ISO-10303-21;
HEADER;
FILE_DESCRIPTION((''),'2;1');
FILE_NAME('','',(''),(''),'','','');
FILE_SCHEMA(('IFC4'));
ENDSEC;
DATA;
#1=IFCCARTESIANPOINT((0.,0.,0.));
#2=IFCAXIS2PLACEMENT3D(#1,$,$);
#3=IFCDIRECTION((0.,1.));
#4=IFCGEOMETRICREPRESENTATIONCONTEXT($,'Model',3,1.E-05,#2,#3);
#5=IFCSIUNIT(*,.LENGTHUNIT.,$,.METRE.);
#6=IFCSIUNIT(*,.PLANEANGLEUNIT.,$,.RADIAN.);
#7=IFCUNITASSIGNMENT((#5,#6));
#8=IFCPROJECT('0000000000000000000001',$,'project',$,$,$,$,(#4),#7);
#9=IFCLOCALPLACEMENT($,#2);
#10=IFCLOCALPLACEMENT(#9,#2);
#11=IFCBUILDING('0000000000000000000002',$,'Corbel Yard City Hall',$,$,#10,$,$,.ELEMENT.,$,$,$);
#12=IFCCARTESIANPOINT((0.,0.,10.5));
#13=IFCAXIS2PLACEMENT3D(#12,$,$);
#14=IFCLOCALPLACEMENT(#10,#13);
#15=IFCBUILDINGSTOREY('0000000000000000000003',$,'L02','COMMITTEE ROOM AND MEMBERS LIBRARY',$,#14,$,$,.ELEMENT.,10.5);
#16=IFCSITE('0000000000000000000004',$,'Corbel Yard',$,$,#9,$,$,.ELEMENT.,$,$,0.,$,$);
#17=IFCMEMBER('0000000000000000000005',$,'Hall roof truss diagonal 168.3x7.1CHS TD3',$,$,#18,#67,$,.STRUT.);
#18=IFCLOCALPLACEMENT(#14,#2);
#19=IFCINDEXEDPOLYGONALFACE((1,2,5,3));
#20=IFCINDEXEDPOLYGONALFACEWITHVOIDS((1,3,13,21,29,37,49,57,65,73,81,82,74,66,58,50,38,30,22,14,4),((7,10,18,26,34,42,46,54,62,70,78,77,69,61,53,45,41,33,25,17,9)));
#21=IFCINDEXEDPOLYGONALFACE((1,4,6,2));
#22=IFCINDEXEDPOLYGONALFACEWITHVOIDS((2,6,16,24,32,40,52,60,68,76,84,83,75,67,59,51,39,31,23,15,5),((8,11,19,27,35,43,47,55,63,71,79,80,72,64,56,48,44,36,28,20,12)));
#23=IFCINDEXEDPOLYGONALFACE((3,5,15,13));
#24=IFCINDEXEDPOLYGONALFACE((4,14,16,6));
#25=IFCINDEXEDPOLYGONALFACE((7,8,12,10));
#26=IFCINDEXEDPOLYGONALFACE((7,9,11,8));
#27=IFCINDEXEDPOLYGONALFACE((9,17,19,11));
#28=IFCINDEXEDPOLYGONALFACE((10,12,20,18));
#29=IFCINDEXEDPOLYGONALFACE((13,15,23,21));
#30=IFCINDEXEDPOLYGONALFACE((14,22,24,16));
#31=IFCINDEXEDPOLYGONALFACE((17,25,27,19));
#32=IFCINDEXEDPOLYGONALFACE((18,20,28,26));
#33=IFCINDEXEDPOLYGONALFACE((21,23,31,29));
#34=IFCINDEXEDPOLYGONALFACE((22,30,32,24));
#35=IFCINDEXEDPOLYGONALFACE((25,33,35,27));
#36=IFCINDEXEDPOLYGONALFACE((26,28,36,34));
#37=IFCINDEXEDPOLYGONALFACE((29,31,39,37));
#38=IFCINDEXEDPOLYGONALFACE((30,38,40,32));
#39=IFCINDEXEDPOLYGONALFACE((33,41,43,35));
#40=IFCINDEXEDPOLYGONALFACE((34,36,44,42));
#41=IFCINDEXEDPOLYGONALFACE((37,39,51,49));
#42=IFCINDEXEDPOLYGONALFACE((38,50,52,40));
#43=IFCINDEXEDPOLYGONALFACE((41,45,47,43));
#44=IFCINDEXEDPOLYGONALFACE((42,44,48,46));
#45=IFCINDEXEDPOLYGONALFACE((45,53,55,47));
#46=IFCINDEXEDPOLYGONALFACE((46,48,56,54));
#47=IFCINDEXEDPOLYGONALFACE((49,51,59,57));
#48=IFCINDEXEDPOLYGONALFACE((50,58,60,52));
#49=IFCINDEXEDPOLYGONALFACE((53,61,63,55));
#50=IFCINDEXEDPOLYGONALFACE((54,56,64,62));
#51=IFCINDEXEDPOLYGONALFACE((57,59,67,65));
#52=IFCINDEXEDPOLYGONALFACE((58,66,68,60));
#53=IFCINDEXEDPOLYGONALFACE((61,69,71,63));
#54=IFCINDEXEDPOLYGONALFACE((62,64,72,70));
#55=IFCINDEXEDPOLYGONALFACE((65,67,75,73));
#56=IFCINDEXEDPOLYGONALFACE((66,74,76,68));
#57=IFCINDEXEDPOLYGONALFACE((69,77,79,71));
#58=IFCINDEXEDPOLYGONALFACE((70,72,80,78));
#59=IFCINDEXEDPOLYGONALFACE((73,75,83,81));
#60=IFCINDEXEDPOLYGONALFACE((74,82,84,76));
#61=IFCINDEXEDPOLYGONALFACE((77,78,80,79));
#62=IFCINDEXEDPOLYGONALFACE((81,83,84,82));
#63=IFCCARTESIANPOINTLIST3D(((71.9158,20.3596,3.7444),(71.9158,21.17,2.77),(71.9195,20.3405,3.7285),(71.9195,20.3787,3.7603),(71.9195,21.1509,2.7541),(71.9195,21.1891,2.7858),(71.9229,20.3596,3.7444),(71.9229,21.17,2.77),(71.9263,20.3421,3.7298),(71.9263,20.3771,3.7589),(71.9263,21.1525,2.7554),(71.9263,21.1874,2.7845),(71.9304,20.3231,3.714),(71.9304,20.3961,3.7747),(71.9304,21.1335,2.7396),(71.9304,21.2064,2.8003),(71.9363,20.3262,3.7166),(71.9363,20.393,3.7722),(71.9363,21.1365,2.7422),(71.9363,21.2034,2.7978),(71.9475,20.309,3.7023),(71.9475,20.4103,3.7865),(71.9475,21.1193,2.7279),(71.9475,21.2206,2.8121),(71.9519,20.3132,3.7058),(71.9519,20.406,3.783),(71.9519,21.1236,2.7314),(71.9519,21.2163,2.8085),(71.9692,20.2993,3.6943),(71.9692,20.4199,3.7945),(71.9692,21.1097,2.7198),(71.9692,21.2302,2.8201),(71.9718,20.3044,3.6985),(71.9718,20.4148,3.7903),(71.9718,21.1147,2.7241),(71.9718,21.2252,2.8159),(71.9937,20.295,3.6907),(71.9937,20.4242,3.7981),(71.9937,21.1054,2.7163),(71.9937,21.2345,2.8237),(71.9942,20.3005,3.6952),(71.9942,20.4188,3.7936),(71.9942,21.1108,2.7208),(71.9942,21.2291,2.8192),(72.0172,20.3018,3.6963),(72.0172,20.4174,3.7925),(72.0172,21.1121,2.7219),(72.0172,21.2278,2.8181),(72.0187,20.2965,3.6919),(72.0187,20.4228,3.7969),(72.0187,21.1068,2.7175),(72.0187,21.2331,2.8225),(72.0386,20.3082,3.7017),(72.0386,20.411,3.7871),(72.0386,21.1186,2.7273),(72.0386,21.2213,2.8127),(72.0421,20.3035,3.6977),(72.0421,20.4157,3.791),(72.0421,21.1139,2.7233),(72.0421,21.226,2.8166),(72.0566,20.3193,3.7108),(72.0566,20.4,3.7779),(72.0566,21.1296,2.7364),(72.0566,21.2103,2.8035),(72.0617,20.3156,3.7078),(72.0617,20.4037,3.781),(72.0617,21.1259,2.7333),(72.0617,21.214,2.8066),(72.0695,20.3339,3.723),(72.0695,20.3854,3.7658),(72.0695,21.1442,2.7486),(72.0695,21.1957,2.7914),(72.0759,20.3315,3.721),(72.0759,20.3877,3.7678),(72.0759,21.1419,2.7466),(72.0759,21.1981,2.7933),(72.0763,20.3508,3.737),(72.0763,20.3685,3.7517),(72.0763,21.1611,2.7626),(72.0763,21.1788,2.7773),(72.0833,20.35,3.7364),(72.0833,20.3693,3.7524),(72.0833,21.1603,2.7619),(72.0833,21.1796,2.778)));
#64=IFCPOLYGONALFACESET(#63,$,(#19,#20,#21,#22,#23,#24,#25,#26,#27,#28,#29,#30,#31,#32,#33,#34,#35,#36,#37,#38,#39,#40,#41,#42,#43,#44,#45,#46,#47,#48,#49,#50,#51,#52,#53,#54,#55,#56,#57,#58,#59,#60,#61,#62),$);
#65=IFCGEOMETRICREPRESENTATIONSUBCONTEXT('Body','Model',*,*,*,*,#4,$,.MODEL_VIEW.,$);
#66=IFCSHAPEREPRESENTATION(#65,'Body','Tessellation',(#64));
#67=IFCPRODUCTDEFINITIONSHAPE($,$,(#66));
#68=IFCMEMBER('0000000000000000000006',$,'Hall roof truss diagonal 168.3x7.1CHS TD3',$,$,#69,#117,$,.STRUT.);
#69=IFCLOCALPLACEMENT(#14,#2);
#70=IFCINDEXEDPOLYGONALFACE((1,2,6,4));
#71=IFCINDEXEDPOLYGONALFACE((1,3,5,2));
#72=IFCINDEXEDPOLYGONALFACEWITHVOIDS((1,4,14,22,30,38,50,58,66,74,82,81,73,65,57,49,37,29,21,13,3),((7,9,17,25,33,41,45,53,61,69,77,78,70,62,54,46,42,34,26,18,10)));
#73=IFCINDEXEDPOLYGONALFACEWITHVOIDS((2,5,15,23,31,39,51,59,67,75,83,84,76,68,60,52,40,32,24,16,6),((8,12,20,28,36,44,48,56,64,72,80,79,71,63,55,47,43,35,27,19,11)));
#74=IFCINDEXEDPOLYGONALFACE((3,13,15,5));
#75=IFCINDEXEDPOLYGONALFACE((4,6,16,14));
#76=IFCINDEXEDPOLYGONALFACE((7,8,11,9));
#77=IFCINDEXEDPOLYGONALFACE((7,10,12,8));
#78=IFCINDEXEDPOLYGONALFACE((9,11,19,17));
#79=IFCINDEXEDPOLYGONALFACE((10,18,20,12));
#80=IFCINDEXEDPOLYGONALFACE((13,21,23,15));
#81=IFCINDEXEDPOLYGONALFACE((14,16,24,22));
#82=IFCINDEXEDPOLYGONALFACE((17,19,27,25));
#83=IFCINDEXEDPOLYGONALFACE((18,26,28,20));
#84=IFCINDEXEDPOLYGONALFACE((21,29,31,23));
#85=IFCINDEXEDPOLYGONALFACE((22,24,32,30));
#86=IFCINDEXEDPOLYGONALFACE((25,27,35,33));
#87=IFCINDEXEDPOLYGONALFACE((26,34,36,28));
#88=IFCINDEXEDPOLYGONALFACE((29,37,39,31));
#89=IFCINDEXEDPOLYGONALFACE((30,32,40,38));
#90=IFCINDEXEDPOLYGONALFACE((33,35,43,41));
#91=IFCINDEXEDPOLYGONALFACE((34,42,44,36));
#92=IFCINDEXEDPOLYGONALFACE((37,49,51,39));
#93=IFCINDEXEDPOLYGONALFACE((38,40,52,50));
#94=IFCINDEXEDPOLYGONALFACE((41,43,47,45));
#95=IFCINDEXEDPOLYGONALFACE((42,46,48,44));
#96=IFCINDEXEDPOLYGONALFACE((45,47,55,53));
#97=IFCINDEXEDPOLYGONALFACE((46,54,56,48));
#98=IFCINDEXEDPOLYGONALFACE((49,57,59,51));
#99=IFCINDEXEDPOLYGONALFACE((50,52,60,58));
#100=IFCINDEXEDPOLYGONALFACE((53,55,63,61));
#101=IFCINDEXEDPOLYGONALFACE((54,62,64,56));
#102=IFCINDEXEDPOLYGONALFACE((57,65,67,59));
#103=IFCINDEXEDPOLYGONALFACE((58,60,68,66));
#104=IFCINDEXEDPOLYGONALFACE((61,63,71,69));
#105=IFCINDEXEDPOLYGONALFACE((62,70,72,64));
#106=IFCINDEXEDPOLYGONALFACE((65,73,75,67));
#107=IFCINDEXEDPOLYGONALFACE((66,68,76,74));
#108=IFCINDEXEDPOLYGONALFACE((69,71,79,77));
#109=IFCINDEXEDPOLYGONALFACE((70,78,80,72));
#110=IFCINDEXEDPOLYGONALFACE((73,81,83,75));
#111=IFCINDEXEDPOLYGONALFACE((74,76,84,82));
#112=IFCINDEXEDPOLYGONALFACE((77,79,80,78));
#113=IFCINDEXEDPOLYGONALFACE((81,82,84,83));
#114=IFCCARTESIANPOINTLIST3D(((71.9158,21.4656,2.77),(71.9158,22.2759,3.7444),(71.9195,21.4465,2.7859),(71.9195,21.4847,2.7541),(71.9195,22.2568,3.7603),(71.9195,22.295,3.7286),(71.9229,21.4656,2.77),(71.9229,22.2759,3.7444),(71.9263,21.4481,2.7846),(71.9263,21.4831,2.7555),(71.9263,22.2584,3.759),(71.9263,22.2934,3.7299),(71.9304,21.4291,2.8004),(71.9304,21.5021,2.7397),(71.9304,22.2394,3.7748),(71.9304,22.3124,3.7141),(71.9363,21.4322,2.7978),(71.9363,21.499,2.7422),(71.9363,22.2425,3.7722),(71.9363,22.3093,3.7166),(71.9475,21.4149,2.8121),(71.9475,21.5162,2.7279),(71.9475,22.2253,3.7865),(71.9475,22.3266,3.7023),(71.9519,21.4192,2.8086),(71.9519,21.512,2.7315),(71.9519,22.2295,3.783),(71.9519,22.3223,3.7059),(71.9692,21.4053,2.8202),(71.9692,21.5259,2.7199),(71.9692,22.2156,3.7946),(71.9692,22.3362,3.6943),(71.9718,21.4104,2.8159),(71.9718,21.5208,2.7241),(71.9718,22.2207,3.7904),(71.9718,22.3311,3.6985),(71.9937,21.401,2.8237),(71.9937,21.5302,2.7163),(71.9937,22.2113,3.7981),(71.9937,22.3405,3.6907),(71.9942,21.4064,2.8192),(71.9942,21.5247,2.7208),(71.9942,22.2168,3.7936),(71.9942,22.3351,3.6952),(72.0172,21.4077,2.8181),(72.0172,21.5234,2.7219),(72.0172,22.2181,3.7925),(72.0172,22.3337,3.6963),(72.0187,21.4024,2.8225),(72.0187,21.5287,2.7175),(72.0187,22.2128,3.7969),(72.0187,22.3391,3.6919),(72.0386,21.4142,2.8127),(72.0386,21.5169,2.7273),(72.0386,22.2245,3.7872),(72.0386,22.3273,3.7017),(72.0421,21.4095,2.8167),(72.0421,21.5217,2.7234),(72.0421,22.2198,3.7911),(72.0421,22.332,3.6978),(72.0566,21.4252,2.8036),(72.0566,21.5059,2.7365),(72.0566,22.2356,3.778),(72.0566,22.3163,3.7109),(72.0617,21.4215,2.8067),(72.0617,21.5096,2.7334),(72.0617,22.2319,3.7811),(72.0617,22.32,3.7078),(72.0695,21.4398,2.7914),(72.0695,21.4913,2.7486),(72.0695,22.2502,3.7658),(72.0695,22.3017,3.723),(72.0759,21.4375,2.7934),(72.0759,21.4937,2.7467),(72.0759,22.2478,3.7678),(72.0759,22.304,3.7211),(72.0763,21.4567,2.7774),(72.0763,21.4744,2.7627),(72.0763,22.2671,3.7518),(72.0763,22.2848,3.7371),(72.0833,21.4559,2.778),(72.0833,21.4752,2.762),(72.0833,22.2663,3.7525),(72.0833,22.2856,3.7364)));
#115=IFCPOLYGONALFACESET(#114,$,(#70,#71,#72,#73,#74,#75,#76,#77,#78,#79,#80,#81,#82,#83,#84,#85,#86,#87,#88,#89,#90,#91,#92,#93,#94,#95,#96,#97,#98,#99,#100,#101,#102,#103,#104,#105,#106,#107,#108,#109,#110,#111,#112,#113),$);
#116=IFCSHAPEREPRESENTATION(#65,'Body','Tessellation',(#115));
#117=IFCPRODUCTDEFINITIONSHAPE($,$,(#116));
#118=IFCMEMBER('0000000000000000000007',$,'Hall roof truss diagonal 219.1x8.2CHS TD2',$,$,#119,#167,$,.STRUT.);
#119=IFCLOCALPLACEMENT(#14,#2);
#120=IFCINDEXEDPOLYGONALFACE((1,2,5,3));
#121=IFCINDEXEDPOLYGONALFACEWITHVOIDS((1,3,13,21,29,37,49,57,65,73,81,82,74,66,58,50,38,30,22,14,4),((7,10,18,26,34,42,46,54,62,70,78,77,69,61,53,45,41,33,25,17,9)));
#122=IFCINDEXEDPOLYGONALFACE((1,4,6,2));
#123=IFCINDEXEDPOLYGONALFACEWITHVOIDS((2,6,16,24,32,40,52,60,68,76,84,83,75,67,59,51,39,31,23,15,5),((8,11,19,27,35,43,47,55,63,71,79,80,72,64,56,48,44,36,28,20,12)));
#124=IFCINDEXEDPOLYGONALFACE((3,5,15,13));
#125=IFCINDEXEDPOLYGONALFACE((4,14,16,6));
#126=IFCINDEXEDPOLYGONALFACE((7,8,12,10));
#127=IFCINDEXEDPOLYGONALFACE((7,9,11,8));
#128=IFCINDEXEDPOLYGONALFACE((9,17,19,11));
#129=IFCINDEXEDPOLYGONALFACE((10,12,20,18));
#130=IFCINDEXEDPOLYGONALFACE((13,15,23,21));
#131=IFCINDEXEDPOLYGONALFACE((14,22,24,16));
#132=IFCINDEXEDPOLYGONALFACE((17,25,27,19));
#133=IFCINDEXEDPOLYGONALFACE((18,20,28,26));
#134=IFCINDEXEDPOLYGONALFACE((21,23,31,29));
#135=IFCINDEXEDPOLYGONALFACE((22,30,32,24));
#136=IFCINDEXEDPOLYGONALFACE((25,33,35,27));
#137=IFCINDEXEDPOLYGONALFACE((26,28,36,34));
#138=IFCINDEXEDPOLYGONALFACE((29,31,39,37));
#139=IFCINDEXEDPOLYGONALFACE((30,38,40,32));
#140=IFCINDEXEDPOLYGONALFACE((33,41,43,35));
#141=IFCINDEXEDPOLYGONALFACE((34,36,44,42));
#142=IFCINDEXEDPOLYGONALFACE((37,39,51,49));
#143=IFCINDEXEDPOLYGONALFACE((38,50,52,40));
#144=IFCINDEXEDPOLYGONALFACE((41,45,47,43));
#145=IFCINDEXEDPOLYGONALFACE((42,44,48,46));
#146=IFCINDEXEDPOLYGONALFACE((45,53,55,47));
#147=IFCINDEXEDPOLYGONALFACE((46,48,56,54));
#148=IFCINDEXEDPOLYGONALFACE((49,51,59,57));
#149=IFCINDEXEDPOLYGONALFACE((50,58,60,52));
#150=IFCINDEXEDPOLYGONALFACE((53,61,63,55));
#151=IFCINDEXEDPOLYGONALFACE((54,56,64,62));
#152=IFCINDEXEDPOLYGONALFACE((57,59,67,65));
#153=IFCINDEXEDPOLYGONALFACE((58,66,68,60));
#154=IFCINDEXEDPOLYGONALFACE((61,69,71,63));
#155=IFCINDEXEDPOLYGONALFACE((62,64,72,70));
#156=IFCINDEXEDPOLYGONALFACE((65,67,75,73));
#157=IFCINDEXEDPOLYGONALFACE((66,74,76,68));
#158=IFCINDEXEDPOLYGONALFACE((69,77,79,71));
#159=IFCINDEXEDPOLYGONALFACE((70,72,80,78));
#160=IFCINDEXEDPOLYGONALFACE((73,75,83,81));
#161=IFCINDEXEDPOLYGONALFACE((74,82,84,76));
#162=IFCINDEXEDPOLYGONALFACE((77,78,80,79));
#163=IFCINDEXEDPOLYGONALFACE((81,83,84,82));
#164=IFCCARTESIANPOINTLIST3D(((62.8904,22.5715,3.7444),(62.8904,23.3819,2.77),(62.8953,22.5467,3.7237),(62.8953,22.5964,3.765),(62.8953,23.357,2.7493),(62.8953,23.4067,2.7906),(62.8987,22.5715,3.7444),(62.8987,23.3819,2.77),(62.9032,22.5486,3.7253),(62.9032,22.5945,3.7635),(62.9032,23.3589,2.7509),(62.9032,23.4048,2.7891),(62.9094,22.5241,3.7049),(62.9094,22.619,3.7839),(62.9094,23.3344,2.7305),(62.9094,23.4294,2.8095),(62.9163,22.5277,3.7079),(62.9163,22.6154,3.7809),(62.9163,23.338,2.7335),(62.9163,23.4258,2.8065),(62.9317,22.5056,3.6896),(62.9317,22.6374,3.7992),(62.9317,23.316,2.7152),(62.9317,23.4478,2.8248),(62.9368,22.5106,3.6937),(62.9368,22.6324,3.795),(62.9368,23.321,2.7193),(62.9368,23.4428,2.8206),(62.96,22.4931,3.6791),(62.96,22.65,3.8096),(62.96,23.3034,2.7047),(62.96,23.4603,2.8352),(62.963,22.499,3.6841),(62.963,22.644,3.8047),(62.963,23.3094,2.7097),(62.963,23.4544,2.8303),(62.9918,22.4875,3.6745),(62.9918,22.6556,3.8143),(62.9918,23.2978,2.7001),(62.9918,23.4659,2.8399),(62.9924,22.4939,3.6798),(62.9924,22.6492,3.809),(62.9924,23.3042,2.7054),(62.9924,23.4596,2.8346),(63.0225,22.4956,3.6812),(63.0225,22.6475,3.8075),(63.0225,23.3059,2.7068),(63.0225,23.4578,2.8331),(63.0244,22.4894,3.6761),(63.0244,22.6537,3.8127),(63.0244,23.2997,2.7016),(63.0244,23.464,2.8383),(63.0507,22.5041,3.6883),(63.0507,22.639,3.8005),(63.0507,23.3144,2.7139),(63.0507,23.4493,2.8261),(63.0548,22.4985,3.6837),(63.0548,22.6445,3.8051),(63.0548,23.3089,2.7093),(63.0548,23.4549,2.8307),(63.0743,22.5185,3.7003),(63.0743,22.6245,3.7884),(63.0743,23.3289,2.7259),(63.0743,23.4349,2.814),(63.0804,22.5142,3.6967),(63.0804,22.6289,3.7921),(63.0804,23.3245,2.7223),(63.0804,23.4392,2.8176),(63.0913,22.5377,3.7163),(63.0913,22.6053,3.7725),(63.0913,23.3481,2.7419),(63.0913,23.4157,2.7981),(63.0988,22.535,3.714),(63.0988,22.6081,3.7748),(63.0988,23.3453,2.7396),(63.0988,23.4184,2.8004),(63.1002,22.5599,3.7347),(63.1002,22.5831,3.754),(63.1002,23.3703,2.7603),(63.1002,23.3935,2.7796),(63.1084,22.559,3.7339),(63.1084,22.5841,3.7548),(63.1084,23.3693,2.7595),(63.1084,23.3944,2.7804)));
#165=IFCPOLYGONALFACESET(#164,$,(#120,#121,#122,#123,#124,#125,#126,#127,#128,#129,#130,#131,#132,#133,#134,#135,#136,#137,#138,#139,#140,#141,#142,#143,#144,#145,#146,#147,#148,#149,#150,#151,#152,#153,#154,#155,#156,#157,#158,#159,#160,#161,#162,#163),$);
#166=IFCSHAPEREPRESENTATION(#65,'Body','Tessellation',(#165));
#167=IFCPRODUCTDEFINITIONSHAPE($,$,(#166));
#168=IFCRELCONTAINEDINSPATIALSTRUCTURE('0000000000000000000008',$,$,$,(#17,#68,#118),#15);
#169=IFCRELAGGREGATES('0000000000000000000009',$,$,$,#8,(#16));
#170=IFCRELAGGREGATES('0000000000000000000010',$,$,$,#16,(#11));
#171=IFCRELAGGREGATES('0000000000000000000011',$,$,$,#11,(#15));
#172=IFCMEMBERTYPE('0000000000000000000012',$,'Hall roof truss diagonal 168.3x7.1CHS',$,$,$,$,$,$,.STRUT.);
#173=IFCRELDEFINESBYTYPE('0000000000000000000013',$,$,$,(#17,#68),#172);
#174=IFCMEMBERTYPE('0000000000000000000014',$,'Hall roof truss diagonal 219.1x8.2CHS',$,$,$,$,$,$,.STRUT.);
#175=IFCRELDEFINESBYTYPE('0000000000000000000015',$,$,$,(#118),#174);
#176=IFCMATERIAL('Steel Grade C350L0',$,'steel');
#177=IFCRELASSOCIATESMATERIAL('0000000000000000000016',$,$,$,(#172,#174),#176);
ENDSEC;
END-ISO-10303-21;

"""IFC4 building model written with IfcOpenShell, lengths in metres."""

from ifc_helpers import new_model, si_unit, direction, frame, origin, origin_2d, place, context, subcontext, project, spatial, hollow_circle, extrude, material, material_profile, profile_set, type_object, element, save


model = new_model("IFC4")

# Units and contexts
model_context = context("Model", 3, precision=1e-05, world=origin(), true_north=direction((0.0, 1.0)))
body_context = subcontext(model_context, "Body", "Model", "MODEL_VIEW")
ifc_project = project(units=[si_unit("LENGTHUNIT", "METRE"), si_unit("PLANEANGLEUNIT", "RADIAN")], contexts=[model_context])

# Site, building, storey
site_placement = place(None, origin())
site = spatial("IfcSite", under=ifc_project, at=site_placement, Name="Corbel Yard", CompositionType="ELEMENT", RefElevation=0.0)
building_placement = place(site_placement, origin())
building = spatial("IfcBuilding", under=site, at=building_placement, Name="Corbel Yard City Hall", CompositionType="ELEMENT")
storey_placement = place(building_placement, frame((0.0, 0.0, 10.5)))
storey = spatial("IfcBuildingStorey", under=building, at=storey_placement, Name="L02", Description="COMMITTEE ROOM AND MEMBERS LIBRARY", CompositionType="ELEMENT", Elevation=10.5)

# Members
ifc_material_1 = material(Name="Steel Grade C350L0", Category="steel")
ifc_material_profile_1 = material_profile(ifc_material_1, hollow_circle(Radius=0.0842, WallThickness=0.0071, at=origin_2d()), Name="168.3x7.1CHS")
ifc_profile_set_1 = profile_set([ifc_material_profile_1], Name="Steel Grade C350L0")
member_type_1 = type_object("IfcMemberType", Name="Hall roof truss diagonal 168.3x7.1CHS", PredefinedType="STRUT", material=ifc_profile_set_1)
for number, where, z_axis, x_axis, name in (
    (1, (72.0, 20.3596, 3.7444), (0.0, 0.639407, -0.768868), (-1.0, 0.0, 0.0), "Hall roof truss diagonal 168.3x7.1CHS TD3"),
    (2, (72.0, 21.4656, 2.77), (0.0, 0.639407, 0.768868), (-1.0, 0.0, 0.0), "Hall roof truss diagonal 168.3x7.1CHS TD3"),
):
    element("IfcMember", number, at=place(storey_placement, frame(where, z_axis=z_axis, x_axis=x_axis)), inside=storey, type_object=member_type_1, Name=name, PredefinedType="STRUT", context=body_context, shape_type="SweptSolid", body=[
        extrude(hollow_circle(Radius=0.0842, WallThickness=0.0071, at=origin_2d()), origin(), (0.0, 0.0, 1.0), 1.2673),
    ])
ifc_material_profile_2 = material_profile(ifc_material_1, hollow_circle(Radius=0.1096, WallThickness=0.0083, at=origin_2d()), Name="219.1x8.2CHS")
ifc_profile_set_2 = profile_set([ifc_material_profile_2], Name="Steel Grade C350L0")
member_type_2 = type_object("IfcMemberType", Name="Hall roof truss diagonal 219.1x8.2CHS", PredefinedType="STRUT", material=ifc_profile_set_2)
for number, where, z_axis, x_axis, name in (
    (3, (63.0, 22.5715, 3.7444), (0.0, 0.639407, -0.768868), (-1.0, 0.0, 0.0), "Hall roof truss diagonal 219.1x8.2CHS TD2"),
):
    element("IfcMember", number, at=place(storey_placement, frame(where, z_axis=z_axis, x_axis=x_axis)), inside=storey, type_object=member_type_2, Name=name, PredefinedType="STRUT", context=body_context, shape_type="SweptSolid", body=[
        extrude(hollow_circle(Radius=0.1096, WallThickness=0.0083, at=origin_2d()), origin(), (0.0, 0.0, 1.0), 1.2673),
    ])

save(model, "model.ifc")
